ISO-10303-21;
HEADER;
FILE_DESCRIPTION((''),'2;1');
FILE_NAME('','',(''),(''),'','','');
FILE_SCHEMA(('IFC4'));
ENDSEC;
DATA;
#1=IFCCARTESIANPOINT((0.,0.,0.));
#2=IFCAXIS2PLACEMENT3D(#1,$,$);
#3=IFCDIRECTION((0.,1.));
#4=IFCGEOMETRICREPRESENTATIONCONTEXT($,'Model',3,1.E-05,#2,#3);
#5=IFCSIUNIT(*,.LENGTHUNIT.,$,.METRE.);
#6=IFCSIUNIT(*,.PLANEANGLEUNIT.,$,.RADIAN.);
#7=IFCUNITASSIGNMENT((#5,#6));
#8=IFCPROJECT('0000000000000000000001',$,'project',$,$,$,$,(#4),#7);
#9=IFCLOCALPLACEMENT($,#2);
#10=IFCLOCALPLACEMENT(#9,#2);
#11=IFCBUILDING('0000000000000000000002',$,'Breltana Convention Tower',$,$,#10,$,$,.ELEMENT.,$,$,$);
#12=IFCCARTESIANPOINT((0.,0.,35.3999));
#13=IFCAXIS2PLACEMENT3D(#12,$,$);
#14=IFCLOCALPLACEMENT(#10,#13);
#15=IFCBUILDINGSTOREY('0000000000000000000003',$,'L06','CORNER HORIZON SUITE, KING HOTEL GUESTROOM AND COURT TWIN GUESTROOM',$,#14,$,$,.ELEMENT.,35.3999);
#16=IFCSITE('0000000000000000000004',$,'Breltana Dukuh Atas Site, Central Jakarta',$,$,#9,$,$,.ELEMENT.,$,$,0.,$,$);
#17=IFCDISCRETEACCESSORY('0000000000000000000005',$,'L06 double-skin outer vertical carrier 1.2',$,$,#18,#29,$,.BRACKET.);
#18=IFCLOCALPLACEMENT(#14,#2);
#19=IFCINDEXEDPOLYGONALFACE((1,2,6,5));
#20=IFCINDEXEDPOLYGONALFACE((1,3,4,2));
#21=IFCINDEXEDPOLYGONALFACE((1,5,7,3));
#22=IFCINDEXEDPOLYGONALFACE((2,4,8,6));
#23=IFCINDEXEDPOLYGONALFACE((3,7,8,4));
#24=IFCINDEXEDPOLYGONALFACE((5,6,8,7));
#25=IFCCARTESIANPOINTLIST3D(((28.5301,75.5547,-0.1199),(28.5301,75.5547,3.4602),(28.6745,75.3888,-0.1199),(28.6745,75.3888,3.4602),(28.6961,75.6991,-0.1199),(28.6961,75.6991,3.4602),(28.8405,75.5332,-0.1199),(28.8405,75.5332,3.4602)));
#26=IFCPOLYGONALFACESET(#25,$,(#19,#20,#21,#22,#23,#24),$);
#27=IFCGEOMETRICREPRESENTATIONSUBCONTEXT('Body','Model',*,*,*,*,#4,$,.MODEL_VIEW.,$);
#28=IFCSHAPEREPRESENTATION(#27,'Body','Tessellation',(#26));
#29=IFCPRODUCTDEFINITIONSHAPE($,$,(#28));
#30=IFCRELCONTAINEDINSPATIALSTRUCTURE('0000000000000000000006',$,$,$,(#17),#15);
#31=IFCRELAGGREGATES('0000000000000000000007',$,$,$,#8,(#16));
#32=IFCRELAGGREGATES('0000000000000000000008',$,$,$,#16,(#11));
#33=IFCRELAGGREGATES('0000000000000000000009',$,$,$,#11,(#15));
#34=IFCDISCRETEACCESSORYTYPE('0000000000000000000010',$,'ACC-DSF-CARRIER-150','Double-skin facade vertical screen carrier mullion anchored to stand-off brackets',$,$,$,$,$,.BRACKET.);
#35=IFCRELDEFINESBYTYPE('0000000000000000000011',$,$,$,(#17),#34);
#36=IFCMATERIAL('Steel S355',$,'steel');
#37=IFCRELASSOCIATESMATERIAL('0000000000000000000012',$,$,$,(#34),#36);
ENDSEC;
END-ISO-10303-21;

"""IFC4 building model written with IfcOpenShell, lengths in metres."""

from ifc_helpers import new_model, si_unit, direction, frame, origin, origin_2d, place, context, subcontext, project, spatial, rectangle, extrude, source, transform, mapped, material, type_object, element, save


model = new_model("IFC4")

# Units and contexts
model_context = context("Model", 3, precision=1e-05, world=origin(), true_north=direction((0.0, 1.0)))
body_context = subcontext(model_context, "Body", "Model", "MODEL_VIEW")
ifc_project = project(units=[si_unit("LENGTHUNIT", "METRE"), si_unit("PLANEANGLEUNIT", "RADIAN")], contexts=[model_context])

# Site, building, storey
site_placement = place(None, origin())
site = spatial("IfcSite", under=ifc_project, at=site_placement, Name="Breltana Dukuh Atas Site, Central Jakarta", CompositionType="ELEMENT", RefElevation=0.0)
building_placement = place(site_placement, origin())
building = spatial("IfcBuilding", under=site, at=building_placement, Name="Breltana Convention Tower", CompositionType="ELEMENT")
storey_placement = place(building_placement, frame((0.0, 0.0, 35.3999)))
storey = spatial("IfcBuildingStorey", under=building, at=storey_placement, Name="L06", Description="CORNER HORIZON SUITE, KING HOTEL GUESTROOM AND COURT TWIN GUESTROOM", CompositionType="ELEMENT", Elevation=35.3999)

# Discrete accessory
ifc_material_1 = material(Name="Steel S355", Category="steel")
discrete_accessory_type_1 = type_object("IfcDiscreteAccessoryType", Name="ACC-DSF-CARRIER-150", Description="Double-skin facade vertical screen carrier mullion anchored to stand-off brackets", PredefinedType="BRACKET", material=ifc_material_1)
shared_shape_1 = source(origin(), body_context, "Body", "SweptSolid", [
    extrude(rectangle(XDim=0.22, YDim=0.22, at=origin_2d()), origin(), (0.0, 0.0, 1.0), 3.5801),
])
for number, where, z_axis, x_axis, name in (
    (1, (28.6853, 75.5439, -0.1199), (0.0, 0.0, 1.0), (-0.656457, 0.754364, 0.0), "L06 double-skin outer vertical carrier 1.2"),
):
    element("IfcDiscreteAccessory", number, at=place(storey_placement, frame(where, z_axis=z_axis, x_axis=x_axis)), inside=storey, type_object=discrete_accessory_type_1, Name=name, PredefinedType="BRACKET", context=body_context, shape_type="MappedRepresentation", body=[
        mapped(shared_shape_1, transform((0.0, 0.0, 0.0), scale=1.0)),
    ])

save(model, "model.ifc")
